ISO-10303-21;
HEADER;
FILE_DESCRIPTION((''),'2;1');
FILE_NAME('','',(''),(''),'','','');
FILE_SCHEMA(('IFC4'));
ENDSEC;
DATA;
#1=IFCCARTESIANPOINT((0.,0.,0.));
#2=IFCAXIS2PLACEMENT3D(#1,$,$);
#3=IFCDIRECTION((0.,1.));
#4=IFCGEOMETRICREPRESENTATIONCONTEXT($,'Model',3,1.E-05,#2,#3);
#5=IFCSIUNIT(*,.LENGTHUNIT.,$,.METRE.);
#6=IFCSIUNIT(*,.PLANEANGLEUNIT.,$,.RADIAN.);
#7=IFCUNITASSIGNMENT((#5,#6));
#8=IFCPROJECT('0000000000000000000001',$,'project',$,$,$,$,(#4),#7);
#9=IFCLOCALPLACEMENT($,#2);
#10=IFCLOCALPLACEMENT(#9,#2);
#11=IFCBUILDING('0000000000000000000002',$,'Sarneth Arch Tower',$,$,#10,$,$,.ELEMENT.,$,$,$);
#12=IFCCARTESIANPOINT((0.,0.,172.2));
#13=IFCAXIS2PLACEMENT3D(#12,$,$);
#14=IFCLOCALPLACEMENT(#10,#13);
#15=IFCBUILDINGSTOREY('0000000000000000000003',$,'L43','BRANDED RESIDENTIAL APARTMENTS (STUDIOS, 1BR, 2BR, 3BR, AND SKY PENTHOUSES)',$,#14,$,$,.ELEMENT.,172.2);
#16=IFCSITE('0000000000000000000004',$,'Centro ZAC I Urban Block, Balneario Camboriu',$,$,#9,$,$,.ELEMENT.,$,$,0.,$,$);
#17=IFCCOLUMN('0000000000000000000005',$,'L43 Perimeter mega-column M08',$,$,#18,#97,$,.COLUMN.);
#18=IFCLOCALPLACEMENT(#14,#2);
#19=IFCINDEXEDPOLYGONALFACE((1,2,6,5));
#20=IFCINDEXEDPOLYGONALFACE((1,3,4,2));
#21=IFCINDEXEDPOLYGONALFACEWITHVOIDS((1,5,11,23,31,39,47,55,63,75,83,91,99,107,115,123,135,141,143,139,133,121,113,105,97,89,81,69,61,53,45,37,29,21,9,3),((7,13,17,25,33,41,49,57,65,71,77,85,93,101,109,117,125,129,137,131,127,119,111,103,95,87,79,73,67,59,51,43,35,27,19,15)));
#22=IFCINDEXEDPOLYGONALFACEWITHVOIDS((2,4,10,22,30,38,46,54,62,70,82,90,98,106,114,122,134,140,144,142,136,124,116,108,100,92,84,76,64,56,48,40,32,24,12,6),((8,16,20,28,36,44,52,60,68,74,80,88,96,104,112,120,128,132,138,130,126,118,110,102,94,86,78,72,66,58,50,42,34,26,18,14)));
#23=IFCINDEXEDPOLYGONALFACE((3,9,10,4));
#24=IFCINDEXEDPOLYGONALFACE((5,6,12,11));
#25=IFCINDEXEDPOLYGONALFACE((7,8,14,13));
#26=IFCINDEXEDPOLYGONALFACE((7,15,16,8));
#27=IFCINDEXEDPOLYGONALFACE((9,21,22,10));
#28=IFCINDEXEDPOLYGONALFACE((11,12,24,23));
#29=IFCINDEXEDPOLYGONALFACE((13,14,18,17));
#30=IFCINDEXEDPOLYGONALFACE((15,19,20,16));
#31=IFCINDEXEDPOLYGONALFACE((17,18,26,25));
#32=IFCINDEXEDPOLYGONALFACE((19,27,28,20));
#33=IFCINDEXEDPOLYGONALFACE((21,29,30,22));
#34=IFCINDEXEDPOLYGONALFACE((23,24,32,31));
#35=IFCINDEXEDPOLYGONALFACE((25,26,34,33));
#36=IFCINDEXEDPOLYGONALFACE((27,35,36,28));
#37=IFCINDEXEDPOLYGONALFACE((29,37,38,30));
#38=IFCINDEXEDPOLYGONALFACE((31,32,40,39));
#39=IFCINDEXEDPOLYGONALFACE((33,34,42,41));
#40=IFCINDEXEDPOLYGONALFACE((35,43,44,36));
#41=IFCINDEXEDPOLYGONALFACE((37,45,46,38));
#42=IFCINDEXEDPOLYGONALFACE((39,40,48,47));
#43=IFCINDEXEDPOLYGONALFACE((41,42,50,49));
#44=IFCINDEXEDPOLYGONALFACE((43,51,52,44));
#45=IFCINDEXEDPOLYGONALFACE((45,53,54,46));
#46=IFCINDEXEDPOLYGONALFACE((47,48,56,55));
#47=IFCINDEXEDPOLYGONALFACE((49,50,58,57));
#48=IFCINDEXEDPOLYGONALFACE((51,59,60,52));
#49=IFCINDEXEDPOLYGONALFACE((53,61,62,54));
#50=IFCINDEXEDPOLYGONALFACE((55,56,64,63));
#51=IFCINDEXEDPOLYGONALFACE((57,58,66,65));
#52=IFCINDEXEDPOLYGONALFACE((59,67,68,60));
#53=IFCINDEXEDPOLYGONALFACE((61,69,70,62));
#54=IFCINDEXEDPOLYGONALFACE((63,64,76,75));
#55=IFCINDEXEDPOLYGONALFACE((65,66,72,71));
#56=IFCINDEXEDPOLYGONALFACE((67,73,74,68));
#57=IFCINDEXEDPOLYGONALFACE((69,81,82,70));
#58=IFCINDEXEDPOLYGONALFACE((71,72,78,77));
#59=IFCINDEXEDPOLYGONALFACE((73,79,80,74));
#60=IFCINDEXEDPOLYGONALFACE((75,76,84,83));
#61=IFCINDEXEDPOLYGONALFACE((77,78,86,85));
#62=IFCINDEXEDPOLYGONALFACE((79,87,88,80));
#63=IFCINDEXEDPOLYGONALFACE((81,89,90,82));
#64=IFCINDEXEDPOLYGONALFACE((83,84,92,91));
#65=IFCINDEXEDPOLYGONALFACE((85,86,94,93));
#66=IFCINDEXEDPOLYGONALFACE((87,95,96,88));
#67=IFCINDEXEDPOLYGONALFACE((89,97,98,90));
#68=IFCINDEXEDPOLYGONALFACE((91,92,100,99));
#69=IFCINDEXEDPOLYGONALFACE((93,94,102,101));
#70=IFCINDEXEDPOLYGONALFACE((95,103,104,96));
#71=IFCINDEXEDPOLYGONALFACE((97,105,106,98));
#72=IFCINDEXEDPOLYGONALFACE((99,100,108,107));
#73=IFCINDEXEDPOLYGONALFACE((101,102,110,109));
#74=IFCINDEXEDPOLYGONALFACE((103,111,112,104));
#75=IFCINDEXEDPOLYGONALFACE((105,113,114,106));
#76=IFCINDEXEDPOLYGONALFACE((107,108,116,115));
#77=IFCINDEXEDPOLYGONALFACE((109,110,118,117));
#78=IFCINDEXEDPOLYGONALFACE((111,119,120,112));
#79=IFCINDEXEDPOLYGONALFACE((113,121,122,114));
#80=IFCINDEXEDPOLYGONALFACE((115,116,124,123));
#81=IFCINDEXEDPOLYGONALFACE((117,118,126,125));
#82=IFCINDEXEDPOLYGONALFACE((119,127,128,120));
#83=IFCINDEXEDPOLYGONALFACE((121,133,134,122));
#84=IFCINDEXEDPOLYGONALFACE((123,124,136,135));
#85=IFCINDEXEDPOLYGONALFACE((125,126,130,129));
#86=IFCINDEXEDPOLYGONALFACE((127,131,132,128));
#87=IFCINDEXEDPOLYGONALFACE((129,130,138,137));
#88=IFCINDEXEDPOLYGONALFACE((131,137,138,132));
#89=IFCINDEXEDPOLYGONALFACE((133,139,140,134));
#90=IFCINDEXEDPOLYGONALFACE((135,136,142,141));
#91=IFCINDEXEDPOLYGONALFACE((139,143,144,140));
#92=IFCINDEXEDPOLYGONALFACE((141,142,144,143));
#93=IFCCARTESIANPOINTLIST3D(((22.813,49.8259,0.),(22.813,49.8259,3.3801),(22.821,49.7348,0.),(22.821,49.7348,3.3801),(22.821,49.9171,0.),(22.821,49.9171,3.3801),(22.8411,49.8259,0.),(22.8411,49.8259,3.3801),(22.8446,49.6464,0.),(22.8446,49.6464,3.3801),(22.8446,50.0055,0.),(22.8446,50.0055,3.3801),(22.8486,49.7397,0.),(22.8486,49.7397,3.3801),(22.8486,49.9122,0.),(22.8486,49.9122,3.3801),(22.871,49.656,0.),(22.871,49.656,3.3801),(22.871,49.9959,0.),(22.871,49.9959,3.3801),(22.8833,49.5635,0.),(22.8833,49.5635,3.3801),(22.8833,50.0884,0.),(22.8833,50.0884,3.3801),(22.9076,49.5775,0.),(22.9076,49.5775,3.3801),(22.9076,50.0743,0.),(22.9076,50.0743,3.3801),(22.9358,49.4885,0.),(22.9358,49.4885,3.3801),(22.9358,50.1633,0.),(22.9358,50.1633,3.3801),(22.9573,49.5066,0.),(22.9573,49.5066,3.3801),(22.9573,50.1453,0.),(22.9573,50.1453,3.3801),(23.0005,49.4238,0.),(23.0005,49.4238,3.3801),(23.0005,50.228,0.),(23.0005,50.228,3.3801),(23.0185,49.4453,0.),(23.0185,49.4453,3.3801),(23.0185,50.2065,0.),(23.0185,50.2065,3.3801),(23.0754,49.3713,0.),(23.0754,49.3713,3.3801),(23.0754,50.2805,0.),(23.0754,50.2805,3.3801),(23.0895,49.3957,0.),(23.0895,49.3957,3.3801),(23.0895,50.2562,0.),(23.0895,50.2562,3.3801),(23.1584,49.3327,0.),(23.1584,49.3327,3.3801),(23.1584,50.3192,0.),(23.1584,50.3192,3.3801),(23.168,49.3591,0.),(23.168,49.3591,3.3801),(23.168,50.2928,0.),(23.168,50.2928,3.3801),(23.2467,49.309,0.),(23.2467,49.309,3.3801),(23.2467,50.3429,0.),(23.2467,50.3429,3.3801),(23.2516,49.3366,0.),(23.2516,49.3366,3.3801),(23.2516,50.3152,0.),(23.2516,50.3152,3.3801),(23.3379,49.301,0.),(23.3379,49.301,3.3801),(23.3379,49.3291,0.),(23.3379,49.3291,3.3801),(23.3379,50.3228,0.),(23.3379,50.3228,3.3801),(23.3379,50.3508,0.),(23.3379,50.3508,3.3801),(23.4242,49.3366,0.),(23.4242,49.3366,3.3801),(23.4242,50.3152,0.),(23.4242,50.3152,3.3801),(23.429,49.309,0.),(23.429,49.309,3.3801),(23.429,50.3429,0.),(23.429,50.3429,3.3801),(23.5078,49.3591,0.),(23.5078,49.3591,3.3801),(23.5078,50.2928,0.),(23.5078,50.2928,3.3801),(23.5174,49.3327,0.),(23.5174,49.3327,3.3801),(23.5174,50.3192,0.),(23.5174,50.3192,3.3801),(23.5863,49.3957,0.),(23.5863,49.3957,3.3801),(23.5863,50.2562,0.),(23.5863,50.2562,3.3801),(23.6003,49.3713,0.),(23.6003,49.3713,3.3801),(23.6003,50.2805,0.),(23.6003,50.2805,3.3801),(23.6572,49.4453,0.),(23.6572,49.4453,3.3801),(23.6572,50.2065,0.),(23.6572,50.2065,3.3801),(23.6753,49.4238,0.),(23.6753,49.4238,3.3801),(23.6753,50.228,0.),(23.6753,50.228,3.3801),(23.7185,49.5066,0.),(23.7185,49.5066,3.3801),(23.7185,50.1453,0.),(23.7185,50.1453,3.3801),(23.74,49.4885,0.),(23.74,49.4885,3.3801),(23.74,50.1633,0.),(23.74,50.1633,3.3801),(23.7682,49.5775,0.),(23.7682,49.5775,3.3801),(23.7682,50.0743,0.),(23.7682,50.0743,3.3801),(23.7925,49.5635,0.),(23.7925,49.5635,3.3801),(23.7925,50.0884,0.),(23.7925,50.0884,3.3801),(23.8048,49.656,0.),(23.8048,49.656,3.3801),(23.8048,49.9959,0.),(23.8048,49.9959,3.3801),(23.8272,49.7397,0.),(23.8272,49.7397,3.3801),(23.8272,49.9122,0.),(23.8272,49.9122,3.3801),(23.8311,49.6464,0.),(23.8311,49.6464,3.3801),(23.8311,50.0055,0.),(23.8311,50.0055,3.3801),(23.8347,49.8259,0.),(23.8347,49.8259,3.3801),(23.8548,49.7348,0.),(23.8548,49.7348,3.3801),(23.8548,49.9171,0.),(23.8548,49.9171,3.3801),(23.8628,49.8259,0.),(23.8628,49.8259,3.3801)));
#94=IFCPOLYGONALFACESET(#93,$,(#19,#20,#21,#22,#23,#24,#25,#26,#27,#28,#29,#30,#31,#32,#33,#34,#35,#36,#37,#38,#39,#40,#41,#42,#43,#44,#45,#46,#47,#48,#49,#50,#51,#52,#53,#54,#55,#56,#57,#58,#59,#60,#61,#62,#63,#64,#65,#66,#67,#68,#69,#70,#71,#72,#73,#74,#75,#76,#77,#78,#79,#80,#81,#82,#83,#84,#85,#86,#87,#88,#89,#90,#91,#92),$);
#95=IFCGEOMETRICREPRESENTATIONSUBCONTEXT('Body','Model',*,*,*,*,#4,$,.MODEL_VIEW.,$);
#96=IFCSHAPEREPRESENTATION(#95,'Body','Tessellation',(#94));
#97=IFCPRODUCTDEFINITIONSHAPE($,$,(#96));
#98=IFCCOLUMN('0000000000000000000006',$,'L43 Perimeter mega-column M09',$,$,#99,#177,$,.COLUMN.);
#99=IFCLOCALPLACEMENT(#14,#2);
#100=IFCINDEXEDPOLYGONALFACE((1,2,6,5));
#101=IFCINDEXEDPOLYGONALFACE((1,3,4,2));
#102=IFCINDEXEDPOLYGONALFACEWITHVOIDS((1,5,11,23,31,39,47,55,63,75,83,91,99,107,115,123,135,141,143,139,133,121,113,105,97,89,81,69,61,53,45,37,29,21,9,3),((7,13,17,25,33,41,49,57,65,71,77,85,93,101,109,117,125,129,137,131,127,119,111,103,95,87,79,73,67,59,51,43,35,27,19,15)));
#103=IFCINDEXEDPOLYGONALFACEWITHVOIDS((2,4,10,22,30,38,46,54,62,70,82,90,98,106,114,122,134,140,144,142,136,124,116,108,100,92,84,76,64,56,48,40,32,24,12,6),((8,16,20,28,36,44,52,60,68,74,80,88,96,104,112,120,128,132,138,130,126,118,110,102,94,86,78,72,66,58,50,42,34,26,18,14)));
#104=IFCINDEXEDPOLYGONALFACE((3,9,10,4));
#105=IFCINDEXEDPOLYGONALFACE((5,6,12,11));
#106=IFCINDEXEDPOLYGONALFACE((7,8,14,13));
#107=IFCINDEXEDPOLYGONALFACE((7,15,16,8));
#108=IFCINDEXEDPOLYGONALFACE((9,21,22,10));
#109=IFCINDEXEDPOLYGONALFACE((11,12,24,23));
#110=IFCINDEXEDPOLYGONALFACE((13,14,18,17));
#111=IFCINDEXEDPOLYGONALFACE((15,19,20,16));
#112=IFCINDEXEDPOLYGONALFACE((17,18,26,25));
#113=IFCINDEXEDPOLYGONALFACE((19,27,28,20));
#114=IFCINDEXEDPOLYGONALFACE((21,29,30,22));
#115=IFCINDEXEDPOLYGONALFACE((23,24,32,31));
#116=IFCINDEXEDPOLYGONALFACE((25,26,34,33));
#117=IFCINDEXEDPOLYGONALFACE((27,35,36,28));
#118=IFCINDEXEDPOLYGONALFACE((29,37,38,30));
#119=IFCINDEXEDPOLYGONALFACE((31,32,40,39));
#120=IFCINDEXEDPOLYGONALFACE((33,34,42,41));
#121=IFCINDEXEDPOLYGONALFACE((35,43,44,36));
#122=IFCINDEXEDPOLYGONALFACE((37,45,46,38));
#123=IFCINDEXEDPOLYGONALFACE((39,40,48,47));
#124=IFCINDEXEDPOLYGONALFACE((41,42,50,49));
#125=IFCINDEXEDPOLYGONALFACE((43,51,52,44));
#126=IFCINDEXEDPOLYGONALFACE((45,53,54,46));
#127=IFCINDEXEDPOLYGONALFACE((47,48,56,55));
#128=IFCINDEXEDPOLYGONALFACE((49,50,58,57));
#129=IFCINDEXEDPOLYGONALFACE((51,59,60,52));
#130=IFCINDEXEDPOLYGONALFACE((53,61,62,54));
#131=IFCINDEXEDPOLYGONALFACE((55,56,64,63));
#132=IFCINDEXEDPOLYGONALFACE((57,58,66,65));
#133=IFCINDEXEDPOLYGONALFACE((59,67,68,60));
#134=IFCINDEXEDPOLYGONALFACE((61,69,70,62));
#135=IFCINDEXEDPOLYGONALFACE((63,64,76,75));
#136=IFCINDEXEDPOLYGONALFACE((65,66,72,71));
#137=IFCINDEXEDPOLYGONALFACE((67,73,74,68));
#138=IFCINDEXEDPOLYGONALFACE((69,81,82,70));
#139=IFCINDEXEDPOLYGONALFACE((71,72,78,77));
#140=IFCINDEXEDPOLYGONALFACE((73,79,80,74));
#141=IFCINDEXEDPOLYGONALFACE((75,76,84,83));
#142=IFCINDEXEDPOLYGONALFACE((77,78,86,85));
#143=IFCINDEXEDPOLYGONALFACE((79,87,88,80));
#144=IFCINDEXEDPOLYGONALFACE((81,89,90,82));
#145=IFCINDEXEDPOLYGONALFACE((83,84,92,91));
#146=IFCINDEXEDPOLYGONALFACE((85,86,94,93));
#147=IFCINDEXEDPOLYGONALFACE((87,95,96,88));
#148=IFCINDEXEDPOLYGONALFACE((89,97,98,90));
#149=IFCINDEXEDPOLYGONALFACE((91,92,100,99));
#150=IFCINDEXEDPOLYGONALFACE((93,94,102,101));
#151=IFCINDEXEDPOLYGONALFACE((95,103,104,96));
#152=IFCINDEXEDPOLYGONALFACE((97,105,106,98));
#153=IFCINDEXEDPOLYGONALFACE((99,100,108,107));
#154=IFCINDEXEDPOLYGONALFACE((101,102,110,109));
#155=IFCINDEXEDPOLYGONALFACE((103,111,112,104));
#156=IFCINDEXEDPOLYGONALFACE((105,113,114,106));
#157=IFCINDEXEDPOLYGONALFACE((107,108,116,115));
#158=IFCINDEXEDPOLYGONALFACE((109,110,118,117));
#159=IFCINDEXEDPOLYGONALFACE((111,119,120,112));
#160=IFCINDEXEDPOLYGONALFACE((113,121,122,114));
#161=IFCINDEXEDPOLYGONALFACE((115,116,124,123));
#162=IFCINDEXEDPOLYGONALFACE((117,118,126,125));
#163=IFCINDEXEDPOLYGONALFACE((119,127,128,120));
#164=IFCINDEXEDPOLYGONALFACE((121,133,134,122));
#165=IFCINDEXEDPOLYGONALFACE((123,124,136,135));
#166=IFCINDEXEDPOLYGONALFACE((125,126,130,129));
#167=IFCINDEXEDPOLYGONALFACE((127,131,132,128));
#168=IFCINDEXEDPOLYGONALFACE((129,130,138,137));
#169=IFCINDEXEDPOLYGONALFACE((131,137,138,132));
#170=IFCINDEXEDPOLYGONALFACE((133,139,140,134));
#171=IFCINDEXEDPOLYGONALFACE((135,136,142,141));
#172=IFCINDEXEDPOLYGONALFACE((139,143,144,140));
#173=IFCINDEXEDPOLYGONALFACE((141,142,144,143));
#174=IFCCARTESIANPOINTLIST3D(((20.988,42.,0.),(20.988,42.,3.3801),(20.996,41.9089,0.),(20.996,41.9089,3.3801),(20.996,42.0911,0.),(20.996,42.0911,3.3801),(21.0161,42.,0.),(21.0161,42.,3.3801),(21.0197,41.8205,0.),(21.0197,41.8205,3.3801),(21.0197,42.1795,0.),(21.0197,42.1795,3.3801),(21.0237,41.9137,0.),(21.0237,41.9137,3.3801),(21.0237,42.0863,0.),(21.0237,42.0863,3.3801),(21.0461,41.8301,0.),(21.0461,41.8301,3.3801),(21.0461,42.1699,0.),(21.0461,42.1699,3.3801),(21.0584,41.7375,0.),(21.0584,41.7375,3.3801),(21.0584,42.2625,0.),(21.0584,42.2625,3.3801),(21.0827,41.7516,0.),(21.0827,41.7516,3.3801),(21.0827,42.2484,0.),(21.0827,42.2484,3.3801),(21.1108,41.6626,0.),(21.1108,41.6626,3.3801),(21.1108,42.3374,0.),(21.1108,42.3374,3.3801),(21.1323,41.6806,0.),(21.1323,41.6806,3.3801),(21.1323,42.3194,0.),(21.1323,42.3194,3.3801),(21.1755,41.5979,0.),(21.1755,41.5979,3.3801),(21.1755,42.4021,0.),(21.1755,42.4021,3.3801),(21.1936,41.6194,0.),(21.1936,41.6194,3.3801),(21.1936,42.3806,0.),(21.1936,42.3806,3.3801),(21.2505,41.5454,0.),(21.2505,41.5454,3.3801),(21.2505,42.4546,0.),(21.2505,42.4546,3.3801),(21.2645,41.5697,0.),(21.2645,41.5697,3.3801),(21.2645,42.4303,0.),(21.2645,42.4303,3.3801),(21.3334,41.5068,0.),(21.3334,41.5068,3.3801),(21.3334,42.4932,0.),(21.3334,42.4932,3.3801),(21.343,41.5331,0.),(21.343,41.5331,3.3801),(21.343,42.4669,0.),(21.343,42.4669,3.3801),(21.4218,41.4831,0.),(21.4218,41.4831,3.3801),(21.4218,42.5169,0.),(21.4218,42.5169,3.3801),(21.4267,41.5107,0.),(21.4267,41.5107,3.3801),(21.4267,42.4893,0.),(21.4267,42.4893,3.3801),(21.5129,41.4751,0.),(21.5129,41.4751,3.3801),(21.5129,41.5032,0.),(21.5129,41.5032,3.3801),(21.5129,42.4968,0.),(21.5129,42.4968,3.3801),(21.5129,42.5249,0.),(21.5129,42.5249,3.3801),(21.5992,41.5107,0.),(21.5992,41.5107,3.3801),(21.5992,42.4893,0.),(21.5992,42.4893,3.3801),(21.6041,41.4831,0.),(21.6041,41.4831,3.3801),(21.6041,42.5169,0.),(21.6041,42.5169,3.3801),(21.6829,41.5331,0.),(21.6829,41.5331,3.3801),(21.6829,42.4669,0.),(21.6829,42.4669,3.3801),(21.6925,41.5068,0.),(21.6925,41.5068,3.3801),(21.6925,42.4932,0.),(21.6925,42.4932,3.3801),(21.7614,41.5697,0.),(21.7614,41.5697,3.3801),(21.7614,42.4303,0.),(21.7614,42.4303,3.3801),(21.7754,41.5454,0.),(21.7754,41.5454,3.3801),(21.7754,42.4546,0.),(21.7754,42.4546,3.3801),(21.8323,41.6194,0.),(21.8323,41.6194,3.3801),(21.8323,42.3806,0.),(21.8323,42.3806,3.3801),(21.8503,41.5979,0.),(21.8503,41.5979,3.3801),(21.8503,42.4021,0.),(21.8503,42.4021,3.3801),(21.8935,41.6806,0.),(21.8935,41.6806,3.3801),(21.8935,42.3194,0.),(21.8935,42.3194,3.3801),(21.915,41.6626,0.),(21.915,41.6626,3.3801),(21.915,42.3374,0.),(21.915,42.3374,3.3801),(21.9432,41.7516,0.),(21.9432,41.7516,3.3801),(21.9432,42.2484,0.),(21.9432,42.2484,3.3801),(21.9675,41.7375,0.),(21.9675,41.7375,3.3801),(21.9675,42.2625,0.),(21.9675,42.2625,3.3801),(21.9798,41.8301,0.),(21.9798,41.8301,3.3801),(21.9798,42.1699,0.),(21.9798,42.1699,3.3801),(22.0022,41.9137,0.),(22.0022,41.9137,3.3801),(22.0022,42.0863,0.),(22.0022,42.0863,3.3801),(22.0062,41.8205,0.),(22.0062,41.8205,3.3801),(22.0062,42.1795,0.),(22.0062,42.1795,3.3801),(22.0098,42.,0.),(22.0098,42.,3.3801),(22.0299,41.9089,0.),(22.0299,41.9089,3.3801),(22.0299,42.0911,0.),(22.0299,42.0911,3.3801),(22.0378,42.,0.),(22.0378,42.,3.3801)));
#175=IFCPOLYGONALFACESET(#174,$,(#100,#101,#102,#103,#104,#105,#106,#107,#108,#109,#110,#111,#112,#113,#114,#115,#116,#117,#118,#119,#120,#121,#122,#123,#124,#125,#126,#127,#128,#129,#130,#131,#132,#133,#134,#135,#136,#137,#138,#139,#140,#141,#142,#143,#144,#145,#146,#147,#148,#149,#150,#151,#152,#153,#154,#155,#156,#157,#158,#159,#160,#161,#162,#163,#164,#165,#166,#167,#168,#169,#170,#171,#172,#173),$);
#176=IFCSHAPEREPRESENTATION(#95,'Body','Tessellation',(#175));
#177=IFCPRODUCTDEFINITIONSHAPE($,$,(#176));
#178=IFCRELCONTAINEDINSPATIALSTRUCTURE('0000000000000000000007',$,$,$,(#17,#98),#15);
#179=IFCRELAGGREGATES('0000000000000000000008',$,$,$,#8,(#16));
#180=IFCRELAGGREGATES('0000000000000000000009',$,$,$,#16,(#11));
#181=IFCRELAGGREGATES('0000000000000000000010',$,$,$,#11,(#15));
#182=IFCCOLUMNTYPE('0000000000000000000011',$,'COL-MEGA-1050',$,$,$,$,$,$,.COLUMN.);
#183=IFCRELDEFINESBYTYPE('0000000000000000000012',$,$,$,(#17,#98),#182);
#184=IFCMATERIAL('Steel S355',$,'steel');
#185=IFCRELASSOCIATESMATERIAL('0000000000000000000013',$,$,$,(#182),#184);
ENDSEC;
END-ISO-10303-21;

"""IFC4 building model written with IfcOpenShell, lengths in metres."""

from ifc_helpers import new_model, si_unit, direction, frame, origin, origin_2d, place, context, subcontext, project, spatial, hollow_circle, extrude, material, material_profile, profile_set, type_object, element, save


model = new_model("IFC4")

# Units and contexts
model_context = context("Model", 3, precision=1e-05, world=origin(), true_north=direction((0.0, 1.0)))
body_context = subcontext(model_context, "Body", "Model", "MODEL_VIEW")
ifc_project = project(units=[si_unit("LENGTHUNIT", "METRE"), si_unit("PLANEANGLEUNIT", "RADIAN")], contexts=[model_context])

# Site, building, storey
site_placement = place(None, origin())
site = spatial("IfcSite", under=ifc_project, at=site_placement, Name="Centro ZAC I Urban Block, Balneario Camboriu", CompositionType="ELEMENT", RefElevation=0.0)
building_placement = place(site_placement, origin())
building = spatial("IfcBuilding", under=site, at=building_placement, Name="Sarneth Arch Tower", CompositionType="ELEMENT")
storey_placement = place(building_placement, frame((0.0, 0.0, 172.2)))
storey = spatial("IfcBuildingStorey", under=building, at=storey_placement, Name="L43", Description="BRANDED RESIDENTIAL APARTMENTS (STUDIOS, 1BR, 2BR, 3BR, AND SKY PENTHOUSES)", CompositionType="ELEMENT", Elevation=172.2)

# Columns
ifc_material_1 = material(Name="Steel S355", Category="steel")
ifc_material_profile_1 = material_profile(ifc_material_1, hollow_circle(Radius=0.5249, WallThickness=0.0281, at=origin_2d()), Name="CHS1050x28")
ifc_profile_set_1 = profile_set([ifc_material_profile_1], Name="Steel S355")
column_type = type_object("IfcColumnType", Name="COL-MEGA-1050", PredefinedType="COLUMN", material=ifc_profile_set_1)
for number, where, z_axis, x_axis, name in (
    (1, (23.3379, 49.8259, 0.0), (0.0, 0.0, 1.0), (1.0, 0.0, 0.0), "L43 Perimeter mega-column M08"),
    (2, (21.5129, 42.0, 0.0), (0.0, 0.0, 1.0), (1.0, 0.0, 0.0), "L43 Perimeter mega-column M09"),
):
    element("IfcColumn", number, at=place(storey_placement, frame(where, z_axis=z_axis, x_axis=x_axis)), inside=storey, type_object=column_type, Name=name, PredefinedType="COLUMN", context=body_context, shape_type="SweptSolid", body=[
        extrude(hollow_circle(Radius=0.5249, WallThickness=0.0281, at=origin_2d()), origin(), (0.0, 0.0, 1.0), 3.3801),
    ])

save(model, "model.ifc")
